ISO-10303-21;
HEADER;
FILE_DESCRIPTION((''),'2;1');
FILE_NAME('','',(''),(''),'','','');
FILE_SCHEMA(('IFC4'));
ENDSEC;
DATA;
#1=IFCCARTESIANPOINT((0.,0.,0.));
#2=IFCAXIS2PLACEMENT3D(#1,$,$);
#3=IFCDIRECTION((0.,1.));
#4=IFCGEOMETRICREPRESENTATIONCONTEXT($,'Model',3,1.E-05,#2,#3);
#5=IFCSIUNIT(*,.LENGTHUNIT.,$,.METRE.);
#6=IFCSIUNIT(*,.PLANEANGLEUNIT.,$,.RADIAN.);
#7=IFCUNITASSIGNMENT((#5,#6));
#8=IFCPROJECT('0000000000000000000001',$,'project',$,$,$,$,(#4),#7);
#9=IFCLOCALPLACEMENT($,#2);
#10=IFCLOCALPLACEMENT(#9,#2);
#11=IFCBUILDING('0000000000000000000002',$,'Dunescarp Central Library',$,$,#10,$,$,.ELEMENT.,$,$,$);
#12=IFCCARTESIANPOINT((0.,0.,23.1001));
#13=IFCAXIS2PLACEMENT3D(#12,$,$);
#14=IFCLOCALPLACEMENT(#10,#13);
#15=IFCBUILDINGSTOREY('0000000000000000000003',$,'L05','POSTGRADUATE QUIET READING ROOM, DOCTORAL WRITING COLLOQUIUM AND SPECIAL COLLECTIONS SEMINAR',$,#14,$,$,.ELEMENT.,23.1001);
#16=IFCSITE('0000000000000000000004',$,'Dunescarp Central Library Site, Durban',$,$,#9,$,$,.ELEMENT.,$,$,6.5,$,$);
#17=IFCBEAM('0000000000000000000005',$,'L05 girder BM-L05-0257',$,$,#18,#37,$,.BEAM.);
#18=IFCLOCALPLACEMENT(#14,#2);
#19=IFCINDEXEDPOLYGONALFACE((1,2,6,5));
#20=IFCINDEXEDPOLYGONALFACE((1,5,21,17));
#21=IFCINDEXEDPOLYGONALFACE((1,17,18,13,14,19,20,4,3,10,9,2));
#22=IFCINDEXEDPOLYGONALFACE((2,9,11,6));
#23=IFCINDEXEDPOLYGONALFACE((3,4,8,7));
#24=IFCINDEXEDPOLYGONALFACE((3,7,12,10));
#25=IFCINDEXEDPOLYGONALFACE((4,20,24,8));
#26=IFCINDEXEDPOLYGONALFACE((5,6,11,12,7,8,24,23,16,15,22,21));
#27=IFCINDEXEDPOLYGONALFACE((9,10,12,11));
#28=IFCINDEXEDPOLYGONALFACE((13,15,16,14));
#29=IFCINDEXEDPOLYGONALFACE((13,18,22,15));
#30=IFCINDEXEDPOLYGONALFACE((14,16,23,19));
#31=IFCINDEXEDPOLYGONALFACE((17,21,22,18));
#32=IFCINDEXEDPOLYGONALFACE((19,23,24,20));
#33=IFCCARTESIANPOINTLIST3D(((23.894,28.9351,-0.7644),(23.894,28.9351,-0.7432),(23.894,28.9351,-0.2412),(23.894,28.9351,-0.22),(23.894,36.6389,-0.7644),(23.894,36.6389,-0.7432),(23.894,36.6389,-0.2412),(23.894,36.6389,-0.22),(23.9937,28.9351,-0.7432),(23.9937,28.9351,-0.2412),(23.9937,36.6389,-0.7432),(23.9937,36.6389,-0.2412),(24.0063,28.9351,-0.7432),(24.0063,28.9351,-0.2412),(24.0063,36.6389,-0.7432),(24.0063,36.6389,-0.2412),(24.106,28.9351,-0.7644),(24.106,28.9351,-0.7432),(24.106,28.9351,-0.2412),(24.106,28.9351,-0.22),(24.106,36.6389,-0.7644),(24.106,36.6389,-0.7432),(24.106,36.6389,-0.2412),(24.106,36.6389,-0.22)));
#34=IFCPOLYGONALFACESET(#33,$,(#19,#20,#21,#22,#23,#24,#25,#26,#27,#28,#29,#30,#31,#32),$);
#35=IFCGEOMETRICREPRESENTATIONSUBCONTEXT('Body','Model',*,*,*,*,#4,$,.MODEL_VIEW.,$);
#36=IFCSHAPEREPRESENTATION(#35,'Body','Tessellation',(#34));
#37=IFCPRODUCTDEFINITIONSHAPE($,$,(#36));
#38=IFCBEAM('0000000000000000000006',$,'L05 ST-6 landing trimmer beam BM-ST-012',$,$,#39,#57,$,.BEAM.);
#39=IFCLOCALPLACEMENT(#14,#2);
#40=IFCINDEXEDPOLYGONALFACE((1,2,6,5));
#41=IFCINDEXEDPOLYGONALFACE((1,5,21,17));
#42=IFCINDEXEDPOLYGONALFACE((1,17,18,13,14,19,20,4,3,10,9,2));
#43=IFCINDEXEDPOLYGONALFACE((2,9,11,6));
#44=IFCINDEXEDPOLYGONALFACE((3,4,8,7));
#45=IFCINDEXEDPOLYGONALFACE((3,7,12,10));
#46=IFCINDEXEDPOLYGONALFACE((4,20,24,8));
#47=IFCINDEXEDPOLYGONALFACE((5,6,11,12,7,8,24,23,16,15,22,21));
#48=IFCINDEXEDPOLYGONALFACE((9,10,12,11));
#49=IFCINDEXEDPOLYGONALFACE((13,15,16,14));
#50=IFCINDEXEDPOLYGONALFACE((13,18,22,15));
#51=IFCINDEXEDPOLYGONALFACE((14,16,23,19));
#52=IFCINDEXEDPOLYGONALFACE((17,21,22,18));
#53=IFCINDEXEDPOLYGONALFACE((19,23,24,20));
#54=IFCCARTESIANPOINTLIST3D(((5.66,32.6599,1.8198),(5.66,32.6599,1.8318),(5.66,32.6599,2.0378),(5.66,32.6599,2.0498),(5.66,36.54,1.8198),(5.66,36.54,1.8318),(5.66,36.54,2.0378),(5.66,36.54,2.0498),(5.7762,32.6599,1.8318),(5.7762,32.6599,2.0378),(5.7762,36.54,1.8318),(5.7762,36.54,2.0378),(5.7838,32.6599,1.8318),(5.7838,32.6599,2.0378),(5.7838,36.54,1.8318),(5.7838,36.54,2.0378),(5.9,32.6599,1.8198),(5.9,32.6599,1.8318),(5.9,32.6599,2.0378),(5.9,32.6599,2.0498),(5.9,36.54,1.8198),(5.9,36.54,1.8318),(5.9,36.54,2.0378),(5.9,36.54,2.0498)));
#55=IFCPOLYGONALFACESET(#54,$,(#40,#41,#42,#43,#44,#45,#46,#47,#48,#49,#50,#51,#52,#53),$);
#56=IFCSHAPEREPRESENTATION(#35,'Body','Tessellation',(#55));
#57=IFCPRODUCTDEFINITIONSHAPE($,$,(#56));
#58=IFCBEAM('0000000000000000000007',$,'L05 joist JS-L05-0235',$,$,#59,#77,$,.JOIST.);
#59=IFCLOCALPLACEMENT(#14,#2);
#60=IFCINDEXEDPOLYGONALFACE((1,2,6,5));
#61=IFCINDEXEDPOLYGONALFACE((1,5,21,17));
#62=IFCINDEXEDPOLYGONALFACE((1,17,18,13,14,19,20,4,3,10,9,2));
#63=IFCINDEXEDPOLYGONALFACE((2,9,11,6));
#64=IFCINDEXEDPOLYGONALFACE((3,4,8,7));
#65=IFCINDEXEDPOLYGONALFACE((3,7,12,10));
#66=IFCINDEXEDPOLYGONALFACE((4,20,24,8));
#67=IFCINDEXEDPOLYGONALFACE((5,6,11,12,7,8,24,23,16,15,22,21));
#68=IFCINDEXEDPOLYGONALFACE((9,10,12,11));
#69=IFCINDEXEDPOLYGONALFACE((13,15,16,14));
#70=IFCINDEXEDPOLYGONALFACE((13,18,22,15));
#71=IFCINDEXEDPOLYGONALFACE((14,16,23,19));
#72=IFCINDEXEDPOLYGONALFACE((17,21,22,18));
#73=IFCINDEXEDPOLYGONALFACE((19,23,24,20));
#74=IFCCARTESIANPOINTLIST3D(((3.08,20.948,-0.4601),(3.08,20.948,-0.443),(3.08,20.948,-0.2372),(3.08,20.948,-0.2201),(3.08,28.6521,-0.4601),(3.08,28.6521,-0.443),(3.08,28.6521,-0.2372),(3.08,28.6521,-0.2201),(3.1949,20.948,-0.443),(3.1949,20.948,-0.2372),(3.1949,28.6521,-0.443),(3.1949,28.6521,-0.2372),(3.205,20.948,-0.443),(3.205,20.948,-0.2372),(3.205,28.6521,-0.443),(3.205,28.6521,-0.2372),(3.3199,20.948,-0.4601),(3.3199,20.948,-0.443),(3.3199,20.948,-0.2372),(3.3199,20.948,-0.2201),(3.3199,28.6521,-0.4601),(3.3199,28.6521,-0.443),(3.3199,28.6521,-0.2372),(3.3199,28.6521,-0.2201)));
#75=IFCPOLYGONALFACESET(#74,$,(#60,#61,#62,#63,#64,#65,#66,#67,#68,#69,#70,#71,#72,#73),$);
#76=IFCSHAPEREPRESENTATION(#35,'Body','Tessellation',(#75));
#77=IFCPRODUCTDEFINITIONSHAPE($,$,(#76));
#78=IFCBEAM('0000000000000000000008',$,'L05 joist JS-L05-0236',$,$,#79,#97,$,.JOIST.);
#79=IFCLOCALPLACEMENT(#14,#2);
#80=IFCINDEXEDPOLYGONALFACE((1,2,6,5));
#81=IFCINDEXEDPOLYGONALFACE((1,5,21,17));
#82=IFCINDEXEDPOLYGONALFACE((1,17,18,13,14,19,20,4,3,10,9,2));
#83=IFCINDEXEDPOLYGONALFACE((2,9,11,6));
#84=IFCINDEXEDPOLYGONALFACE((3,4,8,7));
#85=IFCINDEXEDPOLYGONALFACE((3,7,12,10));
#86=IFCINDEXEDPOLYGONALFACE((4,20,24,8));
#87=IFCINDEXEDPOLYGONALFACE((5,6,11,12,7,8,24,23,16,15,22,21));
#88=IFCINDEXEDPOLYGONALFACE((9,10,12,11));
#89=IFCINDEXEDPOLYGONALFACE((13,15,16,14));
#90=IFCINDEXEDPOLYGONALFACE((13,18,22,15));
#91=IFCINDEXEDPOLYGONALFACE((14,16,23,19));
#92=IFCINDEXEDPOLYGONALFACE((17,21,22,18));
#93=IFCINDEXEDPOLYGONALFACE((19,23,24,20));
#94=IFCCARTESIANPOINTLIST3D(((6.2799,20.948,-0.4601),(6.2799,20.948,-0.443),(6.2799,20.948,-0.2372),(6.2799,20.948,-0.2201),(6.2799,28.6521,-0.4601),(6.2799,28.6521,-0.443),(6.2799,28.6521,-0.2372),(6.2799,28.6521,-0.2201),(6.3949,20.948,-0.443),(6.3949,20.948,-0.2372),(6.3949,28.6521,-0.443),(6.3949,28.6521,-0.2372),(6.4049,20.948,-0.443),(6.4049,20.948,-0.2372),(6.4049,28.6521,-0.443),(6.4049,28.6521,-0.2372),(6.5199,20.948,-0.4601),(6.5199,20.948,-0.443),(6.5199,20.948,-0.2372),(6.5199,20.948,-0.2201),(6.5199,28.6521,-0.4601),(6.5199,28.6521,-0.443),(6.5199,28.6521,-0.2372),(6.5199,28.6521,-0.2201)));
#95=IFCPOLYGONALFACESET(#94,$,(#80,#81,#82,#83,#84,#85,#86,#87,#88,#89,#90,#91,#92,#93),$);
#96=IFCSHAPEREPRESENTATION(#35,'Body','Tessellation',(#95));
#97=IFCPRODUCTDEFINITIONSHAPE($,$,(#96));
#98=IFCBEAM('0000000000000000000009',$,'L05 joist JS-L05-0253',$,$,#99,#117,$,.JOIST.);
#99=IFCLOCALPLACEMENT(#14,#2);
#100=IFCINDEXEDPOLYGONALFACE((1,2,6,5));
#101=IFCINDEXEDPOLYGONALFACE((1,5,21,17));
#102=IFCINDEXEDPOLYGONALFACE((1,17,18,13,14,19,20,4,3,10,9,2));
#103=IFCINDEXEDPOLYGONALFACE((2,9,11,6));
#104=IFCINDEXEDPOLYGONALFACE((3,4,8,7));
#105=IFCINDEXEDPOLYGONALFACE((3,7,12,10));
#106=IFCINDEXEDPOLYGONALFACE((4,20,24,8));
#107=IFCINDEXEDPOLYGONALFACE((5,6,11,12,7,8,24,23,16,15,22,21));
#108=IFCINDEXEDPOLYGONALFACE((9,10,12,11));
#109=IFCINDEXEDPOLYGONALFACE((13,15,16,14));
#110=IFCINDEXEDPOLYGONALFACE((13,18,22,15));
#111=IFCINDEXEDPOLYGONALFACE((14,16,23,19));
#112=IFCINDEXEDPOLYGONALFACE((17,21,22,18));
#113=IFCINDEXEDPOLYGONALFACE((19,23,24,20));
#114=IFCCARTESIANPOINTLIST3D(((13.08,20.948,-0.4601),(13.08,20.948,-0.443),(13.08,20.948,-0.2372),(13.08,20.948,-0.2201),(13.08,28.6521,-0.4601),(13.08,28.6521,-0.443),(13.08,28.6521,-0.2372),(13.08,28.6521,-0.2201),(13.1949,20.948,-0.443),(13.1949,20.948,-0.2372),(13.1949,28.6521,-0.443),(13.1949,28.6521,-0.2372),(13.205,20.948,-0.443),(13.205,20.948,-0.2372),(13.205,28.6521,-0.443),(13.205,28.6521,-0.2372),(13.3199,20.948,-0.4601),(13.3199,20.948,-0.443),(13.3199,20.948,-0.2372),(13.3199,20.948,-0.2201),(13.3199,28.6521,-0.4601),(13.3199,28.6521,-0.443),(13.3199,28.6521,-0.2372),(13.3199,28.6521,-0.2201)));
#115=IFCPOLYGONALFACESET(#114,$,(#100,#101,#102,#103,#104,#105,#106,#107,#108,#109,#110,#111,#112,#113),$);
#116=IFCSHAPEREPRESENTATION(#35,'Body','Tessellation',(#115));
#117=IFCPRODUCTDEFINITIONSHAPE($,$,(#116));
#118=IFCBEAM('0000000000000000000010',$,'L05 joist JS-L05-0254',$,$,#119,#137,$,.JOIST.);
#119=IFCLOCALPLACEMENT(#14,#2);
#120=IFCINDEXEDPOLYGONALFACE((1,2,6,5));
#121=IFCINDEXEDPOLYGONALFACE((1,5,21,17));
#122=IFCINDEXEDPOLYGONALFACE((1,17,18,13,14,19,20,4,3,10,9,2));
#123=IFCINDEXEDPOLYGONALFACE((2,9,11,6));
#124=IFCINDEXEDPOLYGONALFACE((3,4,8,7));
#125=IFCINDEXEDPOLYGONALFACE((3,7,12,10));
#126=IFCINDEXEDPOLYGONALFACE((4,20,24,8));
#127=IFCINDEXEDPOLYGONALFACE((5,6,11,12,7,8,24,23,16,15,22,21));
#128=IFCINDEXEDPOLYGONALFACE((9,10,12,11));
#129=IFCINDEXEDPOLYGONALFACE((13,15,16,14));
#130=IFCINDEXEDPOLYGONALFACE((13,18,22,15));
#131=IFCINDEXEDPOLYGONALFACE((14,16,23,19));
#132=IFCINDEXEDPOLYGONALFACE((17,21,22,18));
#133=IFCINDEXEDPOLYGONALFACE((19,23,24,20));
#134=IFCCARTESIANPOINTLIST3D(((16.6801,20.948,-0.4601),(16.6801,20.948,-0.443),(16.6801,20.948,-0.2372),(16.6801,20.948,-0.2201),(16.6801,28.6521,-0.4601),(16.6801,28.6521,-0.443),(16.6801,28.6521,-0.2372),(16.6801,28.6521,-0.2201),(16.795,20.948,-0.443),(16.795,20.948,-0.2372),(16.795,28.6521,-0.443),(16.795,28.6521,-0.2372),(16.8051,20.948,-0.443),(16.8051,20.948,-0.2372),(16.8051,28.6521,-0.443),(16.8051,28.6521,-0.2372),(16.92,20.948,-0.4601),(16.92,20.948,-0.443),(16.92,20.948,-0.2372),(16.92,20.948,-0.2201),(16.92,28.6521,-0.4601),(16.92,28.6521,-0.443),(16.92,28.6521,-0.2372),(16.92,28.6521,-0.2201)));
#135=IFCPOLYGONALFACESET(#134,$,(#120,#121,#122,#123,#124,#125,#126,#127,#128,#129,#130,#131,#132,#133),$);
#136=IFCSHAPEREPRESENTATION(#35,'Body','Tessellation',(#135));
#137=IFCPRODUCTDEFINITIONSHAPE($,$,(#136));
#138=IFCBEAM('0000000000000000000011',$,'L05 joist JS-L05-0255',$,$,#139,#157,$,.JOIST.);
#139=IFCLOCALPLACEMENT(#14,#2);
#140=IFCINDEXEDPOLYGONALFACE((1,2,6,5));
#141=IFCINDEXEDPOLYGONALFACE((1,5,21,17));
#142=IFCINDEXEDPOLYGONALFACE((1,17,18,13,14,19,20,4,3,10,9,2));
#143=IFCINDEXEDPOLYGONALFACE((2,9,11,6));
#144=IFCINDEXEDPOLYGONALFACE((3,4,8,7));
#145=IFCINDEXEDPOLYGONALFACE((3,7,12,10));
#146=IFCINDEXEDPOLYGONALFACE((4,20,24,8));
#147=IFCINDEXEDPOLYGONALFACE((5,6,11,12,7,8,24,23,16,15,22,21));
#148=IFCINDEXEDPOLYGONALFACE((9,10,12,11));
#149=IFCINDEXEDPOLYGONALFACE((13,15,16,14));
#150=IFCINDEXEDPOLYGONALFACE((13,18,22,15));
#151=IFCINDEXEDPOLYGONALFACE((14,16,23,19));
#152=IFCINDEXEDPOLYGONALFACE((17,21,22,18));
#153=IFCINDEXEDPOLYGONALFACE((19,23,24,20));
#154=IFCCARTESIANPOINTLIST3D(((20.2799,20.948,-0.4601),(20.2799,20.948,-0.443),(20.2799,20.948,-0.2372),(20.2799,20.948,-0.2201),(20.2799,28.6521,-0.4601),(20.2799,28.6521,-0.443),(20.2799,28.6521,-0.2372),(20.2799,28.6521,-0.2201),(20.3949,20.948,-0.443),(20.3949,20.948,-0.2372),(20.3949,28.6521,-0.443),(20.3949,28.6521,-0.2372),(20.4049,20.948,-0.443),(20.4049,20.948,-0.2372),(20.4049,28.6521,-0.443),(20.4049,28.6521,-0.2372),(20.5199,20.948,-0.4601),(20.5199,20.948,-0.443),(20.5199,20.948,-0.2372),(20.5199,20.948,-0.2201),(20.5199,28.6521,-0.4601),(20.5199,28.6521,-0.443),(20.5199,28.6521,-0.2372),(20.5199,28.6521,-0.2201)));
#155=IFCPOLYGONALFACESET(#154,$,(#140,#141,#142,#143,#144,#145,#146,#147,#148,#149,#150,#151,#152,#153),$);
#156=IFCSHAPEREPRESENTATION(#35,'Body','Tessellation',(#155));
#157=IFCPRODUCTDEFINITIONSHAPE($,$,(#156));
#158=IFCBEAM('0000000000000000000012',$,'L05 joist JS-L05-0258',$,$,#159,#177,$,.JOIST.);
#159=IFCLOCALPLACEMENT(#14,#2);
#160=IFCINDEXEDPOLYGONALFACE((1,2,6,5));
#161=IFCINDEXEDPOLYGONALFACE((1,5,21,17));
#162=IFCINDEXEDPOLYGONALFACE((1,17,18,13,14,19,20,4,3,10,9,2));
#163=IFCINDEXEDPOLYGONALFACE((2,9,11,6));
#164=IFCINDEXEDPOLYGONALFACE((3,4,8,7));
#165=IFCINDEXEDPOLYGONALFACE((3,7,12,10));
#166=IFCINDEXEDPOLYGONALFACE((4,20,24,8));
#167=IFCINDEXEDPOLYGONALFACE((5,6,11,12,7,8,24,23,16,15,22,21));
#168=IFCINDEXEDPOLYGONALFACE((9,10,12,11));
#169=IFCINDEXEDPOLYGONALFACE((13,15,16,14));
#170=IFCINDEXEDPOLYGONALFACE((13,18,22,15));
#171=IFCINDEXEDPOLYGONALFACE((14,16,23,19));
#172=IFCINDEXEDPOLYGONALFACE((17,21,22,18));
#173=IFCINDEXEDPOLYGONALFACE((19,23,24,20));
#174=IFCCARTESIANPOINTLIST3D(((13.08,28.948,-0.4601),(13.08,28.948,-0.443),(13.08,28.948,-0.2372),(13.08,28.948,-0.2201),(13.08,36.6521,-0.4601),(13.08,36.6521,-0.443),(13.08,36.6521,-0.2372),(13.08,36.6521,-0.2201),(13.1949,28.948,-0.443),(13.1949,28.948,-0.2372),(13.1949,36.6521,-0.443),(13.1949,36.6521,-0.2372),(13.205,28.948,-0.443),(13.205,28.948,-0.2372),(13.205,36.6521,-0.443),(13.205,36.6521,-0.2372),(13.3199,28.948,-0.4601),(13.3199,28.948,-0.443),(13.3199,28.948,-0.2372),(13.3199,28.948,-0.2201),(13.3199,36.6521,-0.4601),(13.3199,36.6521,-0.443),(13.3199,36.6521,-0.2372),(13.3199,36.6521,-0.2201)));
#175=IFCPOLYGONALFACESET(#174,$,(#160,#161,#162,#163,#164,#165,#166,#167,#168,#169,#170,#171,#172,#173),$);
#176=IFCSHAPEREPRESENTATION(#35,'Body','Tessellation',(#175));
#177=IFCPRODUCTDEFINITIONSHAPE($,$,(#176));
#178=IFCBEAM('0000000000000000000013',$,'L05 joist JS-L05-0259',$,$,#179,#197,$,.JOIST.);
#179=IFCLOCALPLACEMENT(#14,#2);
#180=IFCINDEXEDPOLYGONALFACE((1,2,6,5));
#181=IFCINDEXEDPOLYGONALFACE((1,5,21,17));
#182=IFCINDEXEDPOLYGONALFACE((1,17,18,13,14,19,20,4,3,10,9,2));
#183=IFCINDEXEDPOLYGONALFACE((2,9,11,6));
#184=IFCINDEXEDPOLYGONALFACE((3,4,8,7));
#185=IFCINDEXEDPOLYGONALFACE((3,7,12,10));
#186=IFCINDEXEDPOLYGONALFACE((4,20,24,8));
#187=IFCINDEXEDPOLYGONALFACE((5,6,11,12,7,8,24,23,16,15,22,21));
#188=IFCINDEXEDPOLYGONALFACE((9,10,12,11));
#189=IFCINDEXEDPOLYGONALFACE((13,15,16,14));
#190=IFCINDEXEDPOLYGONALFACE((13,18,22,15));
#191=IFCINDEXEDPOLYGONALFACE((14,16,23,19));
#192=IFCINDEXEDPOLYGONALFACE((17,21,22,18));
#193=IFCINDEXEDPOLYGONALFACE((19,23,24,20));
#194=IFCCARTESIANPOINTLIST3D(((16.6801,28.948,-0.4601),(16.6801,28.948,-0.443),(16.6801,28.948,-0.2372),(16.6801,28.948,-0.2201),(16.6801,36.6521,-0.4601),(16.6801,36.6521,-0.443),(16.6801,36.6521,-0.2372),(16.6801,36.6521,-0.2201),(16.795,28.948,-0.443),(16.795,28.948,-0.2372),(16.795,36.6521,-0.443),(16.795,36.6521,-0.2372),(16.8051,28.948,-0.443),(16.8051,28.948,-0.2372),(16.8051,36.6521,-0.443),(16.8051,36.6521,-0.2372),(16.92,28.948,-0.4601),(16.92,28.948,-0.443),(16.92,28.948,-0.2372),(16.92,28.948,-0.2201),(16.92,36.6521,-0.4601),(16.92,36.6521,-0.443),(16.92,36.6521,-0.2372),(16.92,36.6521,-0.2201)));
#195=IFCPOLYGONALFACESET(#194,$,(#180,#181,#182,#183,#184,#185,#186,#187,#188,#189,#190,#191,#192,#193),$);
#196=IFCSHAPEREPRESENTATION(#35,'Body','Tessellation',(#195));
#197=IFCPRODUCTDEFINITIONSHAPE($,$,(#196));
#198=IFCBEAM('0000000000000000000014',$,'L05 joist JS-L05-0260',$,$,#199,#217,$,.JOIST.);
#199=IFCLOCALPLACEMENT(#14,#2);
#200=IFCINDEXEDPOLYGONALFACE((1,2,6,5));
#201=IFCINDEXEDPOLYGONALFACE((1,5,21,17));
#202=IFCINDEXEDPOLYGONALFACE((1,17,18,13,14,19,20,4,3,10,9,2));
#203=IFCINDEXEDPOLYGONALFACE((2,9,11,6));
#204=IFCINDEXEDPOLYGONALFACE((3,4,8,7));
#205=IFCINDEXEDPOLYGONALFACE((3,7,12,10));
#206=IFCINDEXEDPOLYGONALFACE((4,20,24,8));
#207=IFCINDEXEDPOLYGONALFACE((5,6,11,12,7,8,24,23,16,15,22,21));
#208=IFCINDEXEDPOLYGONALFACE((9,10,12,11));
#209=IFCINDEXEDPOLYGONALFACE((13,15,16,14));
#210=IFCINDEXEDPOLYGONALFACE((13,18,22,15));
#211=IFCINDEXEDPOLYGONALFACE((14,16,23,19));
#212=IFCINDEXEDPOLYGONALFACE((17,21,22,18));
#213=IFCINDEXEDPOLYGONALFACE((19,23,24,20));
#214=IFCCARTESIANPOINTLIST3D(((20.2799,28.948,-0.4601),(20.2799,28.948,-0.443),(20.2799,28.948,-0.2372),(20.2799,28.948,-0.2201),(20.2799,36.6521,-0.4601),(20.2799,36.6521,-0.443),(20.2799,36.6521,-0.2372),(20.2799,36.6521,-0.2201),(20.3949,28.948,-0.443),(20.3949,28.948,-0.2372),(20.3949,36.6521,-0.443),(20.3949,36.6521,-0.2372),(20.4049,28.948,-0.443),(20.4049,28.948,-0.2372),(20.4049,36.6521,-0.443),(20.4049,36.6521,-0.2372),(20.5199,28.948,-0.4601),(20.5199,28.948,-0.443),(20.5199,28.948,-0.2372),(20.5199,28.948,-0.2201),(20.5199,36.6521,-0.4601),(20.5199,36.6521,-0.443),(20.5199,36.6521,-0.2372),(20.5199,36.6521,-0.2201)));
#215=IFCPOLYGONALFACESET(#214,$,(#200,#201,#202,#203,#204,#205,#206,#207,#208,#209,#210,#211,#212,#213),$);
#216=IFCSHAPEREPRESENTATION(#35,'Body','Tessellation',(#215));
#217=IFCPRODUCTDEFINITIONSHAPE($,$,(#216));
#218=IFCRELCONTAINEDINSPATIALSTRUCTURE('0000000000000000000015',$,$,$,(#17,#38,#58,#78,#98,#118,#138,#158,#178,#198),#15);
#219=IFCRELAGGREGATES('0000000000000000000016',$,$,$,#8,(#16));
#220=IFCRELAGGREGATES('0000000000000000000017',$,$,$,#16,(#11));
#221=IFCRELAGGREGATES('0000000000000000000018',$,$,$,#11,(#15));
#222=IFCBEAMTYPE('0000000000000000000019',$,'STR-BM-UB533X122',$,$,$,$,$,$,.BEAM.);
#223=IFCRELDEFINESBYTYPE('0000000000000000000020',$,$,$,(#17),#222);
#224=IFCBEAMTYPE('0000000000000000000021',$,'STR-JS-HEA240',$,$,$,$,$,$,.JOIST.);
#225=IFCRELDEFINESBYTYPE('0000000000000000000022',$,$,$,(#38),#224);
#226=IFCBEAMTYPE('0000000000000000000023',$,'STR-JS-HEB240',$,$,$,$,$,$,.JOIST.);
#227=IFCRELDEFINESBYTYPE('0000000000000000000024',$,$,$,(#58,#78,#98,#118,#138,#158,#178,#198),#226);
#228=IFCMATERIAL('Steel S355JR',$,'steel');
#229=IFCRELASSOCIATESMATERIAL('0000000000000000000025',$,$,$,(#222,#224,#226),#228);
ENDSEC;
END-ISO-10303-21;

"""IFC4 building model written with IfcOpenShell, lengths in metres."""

from ifc_helpers import new_model, si_unit, direction, frame, origin, origin_2d, place, context, subcontext, project, spatial, i_section, extrude, material, material_profile, profile_set, type_object, element, save


model = new_model("IFC4")

# Units and contexts
model_context = context("Model", 3, precision=1e-05, world=origin(), true_north=direction((0.0, 1.0)))
body_context = subcontext(model_context, "Body", "Model", "MODEL_VIEW")
ifc_project = project(units=[si_unit("LENGTHUNIT", "METRE"), si_unit("PLANEANGLEUNIT", "RADIAN")], contexts=[model_context])

# Site, building, storey
site_placement = place(None, origin())
site = spatial("IfcSite", under=ifc_project, at=site_placement, Name="Dunescarp Central Library Site, Durban", CompositionType="ELEMENT", RefElevation=6.5)
building_placement = place(site_placement, origin())
building = spatial("IfcBuilding", under=site, at=building_placement, Name="Dunescarp Central Library", CompositionType="ELEMENT")
storey_placement = place(building_placement, frame((0.0, 0.0, 23.1001)))
storey = spatial("IfcBuildingStorey", under=building, at=storey_placement, Name="L05", Description="POSTGRADUATE QUIET READING ROOM, DOCTORAL WRITING COLLOQUIUM AND SPECIAL COLLECTIONS SEMINAR", CompositionType="ELEMENT", Elevation=23.1001)

# Shared definitions
ifc_material_1 = material(Name="Steel S355JR", Category="steel")

# Beams
ifc_material_profile_1 = material_profile(ifc_material_1, i_section(OverallWidth=0.2119, OverallDepth=0.5444, WebThickness=0.0127, FlangeThickness=0.0212, at=origin_2d()), Name="UB 533x210x122")
ifc_profile_set_1 = profile_set([ifc_material_profile_1], Name="Steel S355JR")
beam_type_1 = type_object("IfcBeamType", Name="STR-BM-UB533X122", PredefinedType="BEAM", material=ifc_profile_set_1)
beam_1_placement = place(storey_placement, frame((24.0, 28.9351, -0.4922), z_axis=(0.0, 1.0, 0.0), x_axis=(-1.0, 0.0, 0.0)))
element("IfcBeam", 1, at=beam_1_placement, inside=storey, type_object=beam_type_1, Name="L05 girder BM-L05-0257", PredefinedType="BEAM", context=body_context, shape_type="SweptSolid", body=[
    extrude(i_section(OverallWidth=0.2119, OverallDepth=0.5444, WebThickness=0.0127, FlangeThickness=0.0212, at=origin_2d()), origin(), (0.0, 0.0, 1.0), 7.7039),
])
ifc_material_profile_2 = material_profile(ifc_material_1, i_section(OverallWidth=0.24, OverallDepth=0.23, WebThickness=0.0076, FlangeThickness=0.012, at=origin_2d()), Name="HEA 240")
ifc_profile_set_2 = profile_set([ifc_material_profile_2], Name="Steel S355JR")
beam_type_2 = type_object("IfcBeamType", Name="STR-JS-HEA240", PredefinedType="JOIST", material=ifc_profile_set_2)
beam_2_placement = place(storey_placement, frame((5.78, 32.6599, 1.9348), z_axis=(0.0, 1.0, 0.0), x_axis=(-1.0, 0.0, 0.0)))
element("IfcBeam", 2, at=beam_2_placement, inside=storey, type_object=beam_type_2, Name="L05 ST-6 landing trimmer beam BM-ST-012", PredefinedType="BEAM", context=body_context, shape_type="SweptSolid", body=[
    extrude(i_section(OverallWidth=0.24, OverallDepth=0.23, WebThickness=0.0076, FlangeThickness=0.012, at=origin_2d()), origin(), (0.0, 0.0, 1.0), 3.8801),
])
ifc_material_profile_3 = material_profile(ifc_material_1, i_section(OverallWidth=0.24, OverallDepth=0.24, WebThickness=0.01, FlangeThickness=0.0171, at=origin_2d()), Name="HEB 240")
ifc_profile_set_3 = profile_set([ifc_material_profile_3], Name="Steel S355JR")
beam_type_3 = type_object("IfcBeamType", Name="STR-JS-HEB240", PredefinedType="JOIST", material=ifc_profile_set_3)
for number, where, z_axis, x_axis, name in (
    (3, (3.2, 20.948, -0.3401), (0.0, 1.0, 0.0), (-1.0, 0.0, 0.0), "L05 joist JS-L05-0235"),
    (4, (6.3999, 20.948, -0.3401), (0.0, 1.0, 0.0), (-1.0, 0.0, 0.0), "L05 joist JS-L05-0236"),
    (5, (13.2, 20.948, -0.3401), (0.0, 1.0, 0.0), (-1.0, 0.0, 0.0), "L05 joist JS-L05-0253"),
    (6, (16.8, 20.948, -0.3401), (0.0, 1.0, 0.0), (-1.0, 0.0, 0.0), "L05 joist JS-L05-0254"),
    (7, (20.3999, 20.948, -0.3401), (0.0, 1.0, 0.0), (-1.0, 0.0, 0.0), "L05 joist JS-L05-0255"),
    (8, (13.2, 28.948, -0.3401), (0.0, 1.0, 0.0), (-1.0, 0.0, 0.0), "L05 joist JS-L05-0258"),
    (9, (16.8, 28.948, -0.3401), (0.0, 1.0, 0.0), (-1.0, 0.0, 0.0), "L05 joist JS-L05-0259"),
    (10, (20.3999, 28.948, -0.3401), (0.0, 1.0, 0.0), (-1.0, 0.0, 0.0), "L05 joist JS-L05-0260"),
):
    element("IfcBeam", number, at=place(storey_placement, frame(where, z_axis=z_axis, x_axis=x_axis)), inside=storey, type_object=beam_type_3, Name=name, PredefinedType="JOIST", context=body_context, shape_type="SweptSolid", body=[
        extrude(i_section(OverallWidth=0.24, OverallDepth=0.24, WebThickness=0.01, FlangeThickness=0.0171, at=origin_2d()), origin(), (0.0, 0.0, 1.0), 7.7041),
    ])

save(model, "model.ifc")
